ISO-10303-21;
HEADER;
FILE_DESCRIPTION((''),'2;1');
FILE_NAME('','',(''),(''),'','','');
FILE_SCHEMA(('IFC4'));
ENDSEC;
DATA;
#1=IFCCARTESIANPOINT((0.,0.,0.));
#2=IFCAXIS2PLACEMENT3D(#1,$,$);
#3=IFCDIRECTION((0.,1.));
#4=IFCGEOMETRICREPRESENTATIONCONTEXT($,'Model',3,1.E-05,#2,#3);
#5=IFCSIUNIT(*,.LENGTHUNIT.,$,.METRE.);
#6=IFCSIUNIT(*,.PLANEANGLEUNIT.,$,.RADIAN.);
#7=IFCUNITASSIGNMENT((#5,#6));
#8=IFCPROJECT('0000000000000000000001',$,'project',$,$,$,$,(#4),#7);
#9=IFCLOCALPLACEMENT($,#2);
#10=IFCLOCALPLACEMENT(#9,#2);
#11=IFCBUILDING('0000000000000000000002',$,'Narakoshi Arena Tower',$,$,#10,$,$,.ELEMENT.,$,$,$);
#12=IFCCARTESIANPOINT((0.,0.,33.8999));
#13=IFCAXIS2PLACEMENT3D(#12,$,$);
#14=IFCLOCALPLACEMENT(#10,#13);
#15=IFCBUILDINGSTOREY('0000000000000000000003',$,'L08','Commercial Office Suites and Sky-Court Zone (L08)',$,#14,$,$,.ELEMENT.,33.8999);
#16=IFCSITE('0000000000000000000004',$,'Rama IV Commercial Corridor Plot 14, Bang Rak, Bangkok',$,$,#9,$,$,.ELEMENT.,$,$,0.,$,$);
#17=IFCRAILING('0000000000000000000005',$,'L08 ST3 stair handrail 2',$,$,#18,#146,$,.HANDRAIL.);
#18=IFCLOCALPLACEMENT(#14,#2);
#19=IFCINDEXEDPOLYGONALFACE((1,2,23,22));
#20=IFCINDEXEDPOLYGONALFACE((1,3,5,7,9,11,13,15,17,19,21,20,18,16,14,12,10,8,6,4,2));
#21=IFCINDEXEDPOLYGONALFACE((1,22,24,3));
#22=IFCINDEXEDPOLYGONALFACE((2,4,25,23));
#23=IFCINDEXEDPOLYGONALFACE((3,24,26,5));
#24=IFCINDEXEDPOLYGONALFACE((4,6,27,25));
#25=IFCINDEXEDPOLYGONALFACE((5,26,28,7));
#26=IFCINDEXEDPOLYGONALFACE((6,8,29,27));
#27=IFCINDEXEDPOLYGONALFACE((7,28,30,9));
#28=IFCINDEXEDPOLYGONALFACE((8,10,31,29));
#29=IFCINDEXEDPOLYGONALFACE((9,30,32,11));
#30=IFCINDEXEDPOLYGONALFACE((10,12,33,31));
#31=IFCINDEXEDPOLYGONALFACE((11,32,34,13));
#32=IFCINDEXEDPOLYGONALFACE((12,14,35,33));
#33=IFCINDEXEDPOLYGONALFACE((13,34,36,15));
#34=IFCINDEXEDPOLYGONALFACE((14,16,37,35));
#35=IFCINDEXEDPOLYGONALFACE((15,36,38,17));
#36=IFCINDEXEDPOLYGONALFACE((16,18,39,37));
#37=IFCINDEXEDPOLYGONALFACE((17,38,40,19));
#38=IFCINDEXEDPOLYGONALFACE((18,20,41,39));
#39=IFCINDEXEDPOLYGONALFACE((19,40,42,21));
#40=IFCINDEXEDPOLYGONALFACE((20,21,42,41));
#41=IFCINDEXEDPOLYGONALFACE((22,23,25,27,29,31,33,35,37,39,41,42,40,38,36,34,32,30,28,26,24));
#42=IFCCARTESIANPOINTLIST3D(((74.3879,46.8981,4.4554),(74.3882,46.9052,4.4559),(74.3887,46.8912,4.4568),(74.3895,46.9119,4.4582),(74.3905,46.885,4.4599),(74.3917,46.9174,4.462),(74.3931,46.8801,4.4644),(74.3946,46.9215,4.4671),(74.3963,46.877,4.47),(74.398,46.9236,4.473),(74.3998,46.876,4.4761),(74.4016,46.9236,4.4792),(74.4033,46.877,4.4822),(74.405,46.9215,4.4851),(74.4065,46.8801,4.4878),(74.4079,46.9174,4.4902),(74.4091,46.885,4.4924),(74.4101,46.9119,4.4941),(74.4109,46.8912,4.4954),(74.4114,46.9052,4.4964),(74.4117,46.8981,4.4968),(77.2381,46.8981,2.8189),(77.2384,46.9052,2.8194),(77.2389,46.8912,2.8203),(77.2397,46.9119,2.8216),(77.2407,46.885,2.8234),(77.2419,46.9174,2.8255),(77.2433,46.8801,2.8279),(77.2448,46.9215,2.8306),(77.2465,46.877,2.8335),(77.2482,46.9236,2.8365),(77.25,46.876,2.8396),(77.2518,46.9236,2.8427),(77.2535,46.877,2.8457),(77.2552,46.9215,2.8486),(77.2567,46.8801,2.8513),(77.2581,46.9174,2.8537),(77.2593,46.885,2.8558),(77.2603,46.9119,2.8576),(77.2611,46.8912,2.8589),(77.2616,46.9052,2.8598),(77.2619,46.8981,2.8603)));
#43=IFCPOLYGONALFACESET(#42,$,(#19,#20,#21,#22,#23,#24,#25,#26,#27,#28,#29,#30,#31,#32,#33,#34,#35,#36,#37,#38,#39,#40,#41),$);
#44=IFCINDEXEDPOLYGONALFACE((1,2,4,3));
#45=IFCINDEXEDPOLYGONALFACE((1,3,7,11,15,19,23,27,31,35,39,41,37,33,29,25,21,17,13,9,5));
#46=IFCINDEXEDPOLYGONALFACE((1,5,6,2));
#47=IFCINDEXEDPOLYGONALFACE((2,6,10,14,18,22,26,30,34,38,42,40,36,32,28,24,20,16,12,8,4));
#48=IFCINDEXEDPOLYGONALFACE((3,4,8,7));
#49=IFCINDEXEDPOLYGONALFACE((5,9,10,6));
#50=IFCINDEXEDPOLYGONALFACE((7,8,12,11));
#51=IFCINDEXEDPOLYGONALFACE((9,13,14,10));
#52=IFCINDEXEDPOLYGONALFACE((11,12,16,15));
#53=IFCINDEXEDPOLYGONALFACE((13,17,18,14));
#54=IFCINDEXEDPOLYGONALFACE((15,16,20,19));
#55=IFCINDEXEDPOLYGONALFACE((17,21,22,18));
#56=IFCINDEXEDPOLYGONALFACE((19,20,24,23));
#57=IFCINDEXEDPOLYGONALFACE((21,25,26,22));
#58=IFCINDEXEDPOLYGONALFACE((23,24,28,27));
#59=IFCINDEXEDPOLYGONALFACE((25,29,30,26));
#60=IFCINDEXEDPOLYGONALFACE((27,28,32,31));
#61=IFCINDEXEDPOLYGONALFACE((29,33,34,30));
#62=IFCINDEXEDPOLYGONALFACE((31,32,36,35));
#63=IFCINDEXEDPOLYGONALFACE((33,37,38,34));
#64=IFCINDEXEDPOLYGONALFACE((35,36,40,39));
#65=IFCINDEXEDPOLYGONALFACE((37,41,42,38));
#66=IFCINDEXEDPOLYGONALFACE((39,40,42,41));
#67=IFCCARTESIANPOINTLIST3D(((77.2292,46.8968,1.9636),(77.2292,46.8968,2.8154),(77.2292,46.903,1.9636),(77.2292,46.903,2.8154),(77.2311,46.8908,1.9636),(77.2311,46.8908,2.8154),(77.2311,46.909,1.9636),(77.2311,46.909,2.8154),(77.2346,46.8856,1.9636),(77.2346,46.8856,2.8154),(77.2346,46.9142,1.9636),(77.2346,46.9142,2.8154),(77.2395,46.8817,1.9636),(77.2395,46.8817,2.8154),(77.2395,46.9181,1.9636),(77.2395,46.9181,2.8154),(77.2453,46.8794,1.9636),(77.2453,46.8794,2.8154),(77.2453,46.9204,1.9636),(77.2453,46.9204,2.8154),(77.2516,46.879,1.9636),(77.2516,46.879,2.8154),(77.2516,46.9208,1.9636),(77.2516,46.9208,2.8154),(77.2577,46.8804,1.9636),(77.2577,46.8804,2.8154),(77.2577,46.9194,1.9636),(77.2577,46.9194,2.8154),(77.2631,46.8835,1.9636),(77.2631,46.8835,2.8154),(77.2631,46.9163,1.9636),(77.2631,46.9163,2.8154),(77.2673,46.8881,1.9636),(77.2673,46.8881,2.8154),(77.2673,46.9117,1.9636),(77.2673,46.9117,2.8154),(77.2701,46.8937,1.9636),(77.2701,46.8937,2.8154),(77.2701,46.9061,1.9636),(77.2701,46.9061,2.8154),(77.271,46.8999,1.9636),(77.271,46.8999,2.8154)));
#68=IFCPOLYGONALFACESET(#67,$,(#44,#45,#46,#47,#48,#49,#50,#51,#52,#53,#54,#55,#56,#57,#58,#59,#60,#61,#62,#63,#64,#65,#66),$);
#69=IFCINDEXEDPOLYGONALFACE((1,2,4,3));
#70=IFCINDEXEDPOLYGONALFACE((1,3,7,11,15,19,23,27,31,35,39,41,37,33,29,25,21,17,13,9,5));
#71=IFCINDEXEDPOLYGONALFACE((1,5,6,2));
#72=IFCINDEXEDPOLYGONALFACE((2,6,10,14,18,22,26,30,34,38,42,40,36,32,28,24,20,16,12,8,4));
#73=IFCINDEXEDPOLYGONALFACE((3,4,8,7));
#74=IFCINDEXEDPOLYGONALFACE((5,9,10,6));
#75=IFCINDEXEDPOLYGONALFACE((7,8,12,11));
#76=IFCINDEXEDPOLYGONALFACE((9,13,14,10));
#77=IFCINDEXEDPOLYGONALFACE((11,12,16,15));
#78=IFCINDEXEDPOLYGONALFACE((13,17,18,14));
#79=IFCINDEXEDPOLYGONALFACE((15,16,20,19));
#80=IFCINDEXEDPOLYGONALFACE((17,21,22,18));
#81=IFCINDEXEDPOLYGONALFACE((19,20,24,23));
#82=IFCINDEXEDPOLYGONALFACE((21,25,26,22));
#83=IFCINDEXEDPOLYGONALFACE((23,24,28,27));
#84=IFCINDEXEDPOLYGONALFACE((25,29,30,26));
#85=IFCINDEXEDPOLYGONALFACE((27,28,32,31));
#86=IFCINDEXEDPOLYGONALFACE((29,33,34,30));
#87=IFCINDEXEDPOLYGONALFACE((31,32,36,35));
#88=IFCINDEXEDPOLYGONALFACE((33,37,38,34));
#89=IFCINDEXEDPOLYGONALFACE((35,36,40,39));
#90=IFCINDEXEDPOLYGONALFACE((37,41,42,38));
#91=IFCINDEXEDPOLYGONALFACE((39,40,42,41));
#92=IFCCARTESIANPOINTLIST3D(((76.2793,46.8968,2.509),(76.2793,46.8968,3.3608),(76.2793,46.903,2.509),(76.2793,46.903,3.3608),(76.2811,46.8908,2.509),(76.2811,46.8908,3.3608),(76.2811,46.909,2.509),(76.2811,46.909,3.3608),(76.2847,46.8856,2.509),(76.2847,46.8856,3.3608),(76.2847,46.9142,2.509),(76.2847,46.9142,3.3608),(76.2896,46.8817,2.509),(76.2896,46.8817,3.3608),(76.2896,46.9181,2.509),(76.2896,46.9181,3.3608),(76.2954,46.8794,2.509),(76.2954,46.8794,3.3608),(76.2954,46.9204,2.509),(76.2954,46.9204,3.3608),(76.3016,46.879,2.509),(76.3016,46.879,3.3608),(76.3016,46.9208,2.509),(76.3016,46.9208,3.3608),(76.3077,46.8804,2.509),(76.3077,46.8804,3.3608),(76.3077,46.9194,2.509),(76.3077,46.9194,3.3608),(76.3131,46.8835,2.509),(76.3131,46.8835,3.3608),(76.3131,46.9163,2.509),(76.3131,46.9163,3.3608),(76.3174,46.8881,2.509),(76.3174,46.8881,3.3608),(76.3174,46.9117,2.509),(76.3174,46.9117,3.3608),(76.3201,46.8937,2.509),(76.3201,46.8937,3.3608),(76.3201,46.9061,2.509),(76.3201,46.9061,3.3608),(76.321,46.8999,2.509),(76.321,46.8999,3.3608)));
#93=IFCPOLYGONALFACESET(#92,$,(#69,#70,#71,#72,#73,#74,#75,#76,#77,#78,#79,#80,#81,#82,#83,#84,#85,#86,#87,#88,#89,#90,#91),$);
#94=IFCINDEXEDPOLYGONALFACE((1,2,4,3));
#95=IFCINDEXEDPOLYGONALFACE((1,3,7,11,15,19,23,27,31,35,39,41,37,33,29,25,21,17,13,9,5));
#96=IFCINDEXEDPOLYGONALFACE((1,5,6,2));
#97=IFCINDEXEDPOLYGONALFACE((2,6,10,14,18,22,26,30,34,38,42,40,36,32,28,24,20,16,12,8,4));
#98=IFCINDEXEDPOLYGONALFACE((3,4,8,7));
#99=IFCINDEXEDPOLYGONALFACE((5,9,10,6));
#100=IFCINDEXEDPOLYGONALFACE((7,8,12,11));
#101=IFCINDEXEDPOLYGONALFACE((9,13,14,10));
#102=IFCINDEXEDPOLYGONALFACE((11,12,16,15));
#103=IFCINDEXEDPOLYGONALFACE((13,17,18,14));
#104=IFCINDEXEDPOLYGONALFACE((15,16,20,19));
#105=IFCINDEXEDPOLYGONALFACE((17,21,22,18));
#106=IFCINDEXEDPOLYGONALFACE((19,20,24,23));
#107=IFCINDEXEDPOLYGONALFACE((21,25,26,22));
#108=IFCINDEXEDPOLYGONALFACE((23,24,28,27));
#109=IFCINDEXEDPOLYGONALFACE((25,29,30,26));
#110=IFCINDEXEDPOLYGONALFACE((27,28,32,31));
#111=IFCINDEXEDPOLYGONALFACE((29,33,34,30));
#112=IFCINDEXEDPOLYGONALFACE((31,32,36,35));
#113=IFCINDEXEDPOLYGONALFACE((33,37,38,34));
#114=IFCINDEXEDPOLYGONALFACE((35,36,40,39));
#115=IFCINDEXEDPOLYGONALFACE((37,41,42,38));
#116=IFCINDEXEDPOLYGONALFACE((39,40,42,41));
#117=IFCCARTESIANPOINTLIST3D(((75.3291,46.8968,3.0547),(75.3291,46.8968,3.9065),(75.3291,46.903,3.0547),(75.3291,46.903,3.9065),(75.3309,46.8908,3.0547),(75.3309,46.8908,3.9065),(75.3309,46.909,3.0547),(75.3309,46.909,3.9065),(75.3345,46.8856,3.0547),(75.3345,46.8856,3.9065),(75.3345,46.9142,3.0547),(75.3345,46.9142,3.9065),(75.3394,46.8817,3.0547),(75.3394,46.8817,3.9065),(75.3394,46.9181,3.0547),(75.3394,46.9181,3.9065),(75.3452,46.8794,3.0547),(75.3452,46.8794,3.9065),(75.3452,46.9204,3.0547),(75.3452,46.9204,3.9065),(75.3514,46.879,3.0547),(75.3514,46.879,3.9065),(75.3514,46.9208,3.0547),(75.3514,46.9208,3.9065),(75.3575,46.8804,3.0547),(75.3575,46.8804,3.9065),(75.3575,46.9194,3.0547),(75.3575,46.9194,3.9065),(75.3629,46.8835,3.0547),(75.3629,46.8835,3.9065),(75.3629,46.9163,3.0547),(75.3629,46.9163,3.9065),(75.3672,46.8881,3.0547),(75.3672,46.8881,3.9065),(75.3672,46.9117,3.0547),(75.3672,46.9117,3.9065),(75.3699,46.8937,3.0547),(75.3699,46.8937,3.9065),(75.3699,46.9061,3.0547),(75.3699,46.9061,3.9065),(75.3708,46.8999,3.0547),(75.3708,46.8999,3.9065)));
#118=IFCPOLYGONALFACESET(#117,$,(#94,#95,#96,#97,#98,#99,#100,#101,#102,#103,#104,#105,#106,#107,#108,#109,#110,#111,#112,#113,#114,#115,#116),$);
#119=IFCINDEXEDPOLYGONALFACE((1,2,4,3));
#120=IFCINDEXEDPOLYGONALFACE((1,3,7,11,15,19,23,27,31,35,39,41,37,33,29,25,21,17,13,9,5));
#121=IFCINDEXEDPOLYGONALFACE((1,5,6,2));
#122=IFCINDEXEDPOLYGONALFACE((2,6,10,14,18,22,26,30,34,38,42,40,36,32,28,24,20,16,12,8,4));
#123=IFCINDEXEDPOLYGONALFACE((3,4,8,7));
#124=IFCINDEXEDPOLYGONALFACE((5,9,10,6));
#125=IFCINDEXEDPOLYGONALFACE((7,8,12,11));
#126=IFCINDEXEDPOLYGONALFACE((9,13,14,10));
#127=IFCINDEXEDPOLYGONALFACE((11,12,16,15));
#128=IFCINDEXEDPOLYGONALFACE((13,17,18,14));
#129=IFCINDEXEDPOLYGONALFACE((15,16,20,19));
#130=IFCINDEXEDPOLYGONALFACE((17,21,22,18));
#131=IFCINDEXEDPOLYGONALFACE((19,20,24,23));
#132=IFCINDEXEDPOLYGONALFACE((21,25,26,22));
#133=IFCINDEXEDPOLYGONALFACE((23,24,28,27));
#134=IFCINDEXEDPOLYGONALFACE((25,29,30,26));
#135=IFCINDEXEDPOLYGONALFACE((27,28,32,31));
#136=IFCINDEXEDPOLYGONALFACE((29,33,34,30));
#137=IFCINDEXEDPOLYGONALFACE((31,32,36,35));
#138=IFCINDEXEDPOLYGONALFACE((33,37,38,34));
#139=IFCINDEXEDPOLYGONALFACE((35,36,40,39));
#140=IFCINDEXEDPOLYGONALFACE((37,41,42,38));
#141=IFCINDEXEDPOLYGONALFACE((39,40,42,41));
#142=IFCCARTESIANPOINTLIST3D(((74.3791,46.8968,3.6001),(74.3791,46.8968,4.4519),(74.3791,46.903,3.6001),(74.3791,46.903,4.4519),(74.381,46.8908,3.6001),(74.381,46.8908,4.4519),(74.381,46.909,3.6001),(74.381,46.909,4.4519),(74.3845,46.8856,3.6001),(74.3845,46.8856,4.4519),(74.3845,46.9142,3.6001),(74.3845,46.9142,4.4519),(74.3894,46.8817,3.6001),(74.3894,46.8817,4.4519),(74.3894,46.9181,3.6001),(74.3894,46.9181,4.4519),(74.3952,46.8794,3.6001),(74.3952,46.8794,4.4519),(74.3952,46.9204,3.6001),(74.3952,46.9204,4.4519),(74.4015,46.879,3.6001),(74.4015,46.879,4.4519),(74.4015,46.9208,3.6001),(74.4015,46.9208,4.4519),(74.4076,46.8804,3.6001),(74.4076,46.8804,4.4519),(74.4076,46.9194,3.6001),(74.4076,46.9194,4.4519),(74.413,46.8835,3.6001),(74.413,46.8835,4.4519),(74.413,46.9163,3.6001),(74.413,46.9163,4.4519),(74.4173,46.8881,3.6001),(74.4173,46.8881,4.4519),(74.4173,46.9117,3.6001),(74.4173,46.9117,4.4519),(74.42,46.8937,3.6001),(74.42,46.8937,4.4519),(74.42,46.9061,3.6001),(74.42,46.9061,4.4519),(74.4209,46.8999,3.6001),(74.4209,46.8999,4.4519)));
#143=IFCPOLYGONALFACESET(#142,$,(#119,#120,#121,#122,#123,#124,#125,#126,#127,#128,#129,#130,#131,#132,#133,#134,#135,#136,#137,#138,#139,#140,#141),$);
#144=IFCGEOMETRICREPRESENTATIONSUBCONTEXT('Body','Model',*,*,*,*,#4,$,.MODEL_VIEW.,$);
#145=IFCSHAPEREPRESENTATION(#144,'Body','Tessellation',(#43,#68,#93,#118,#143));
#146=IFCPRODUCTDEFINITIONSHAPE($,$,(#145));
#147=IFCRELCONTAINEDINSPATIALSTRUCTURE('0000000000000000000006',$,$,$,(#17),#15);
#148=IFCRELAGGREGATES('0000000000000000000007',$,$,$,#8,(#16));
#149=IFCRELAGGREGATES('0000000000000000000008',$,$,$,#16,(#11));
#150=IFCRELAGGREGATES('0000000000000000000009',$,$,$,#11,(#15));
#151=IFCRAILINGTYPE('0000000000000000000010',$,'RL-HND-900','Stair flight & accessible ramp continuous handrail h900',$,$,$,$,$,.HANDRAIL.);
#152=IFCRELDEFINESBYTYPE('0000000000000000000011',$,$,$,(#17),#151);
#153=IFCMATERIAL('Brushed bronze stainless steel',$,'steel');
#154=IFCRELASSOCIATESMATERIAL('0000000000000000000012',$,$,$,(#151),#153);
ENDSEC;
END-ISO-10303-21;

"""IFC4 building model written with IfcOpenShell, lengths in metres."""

from ifc_helpers import new_model, si_unit, direction, frame, origin, origin_2d, place, context, subcontext, project, spatial, circle, extrude, material, type_object, element, save


model = new_model("IFC4")

# Units and contexts
model_context = context("Model", 3, precision=1e-05, world=origin(), true_north=direction((0.0, 1.0)))
body_context = subcontext(model_context, "Body", "Model", "MODEL_VIEW")
ifc_project = project(units=[si_unit("LENGTHUNIT", "METRE"), si_unit("PLANEANGLEUNIT", "RADIAN")], contexts=[model_context])

# Site, building, storey
site_placement = place(None, origin())
site = spatial("IfcSite", under=ifc_project, at=site_placement, Name="Rama IV Commercial Corridor Plot 14, Bang Rak, Bangkok", CompositionType="ELEMENT", RefElevation=0.0)
building_placement = place(site_placement, origin())
building = spatial("IfcBuilding", under=site, at=building_placement, Name="Narakoshi Arena Tower", CompositionType="ELEMENT")
storey_placement = place(building_placement, frame((0.0, 0.0, 33.8999)))
storey = spatial("IfcBuildingStorey", under=building, at=storey_placement, Name="L08", Description="Commercial Office Suites and Sky-Court Zone (L08)", CompositionType="ELEMENT", Elevation=33.8999)

# Shared definitions
ifc_material_1 = material(Name="Brushed bronze stainless steel", Category="steel")

# Railing
railing_type_1 = type_object("IfcRailingType", Name="RL-HND-900", Description="Stair flight & accessible ramp continuous handrail h900", PredefinedType="HANDRAIL", material=ifc_material_1)
railing_1_placement = place(storey_placement, frame((77.25, 46.8999, 1.9636)))
element("IfcRailing", 1, at=railing_1_placement, inside=storey, type_object=railing_type_1, Name="L08 ST3 stair handrail 2", PredefinedType="HANDRAIL", context=body_context, shape_type="SweptSolid", body=[
    extrude(circle(Radius=0.0239, at=origin_2d()), frame((0.0, 0.0, 0.876), z_axis=(-0.867213, 0.0, 0.497938), x_axis=(0.0, -1.0, 0.0)), (0.0, 0.0, 1.0), 3.2866),
    extrude(circle(Radius=0.021, at=origin_2d()), origin(), (0.0, 0.0, 1.0), 0.8518),
    extrude(circle(Radius=0.021, at=origin_2d()), frame((-0.95, 0.0, 0.5454)), (0.0, 0.0, 1.0), 0.8518),
    extrude(circle(Radius=0.021, at=origin_2d()), frame((-1.9001, 0.0, 1.0911)), (0.0, 0.0, 1.0), 0.8518),
    extrude(circle(Radius=0.021, at=origin_2d()), frame((-2.8501, 0.0, 1.6365)), (0.0, 0.0, 1.0), 0.8518),
])

save(model, "model.ifc")
